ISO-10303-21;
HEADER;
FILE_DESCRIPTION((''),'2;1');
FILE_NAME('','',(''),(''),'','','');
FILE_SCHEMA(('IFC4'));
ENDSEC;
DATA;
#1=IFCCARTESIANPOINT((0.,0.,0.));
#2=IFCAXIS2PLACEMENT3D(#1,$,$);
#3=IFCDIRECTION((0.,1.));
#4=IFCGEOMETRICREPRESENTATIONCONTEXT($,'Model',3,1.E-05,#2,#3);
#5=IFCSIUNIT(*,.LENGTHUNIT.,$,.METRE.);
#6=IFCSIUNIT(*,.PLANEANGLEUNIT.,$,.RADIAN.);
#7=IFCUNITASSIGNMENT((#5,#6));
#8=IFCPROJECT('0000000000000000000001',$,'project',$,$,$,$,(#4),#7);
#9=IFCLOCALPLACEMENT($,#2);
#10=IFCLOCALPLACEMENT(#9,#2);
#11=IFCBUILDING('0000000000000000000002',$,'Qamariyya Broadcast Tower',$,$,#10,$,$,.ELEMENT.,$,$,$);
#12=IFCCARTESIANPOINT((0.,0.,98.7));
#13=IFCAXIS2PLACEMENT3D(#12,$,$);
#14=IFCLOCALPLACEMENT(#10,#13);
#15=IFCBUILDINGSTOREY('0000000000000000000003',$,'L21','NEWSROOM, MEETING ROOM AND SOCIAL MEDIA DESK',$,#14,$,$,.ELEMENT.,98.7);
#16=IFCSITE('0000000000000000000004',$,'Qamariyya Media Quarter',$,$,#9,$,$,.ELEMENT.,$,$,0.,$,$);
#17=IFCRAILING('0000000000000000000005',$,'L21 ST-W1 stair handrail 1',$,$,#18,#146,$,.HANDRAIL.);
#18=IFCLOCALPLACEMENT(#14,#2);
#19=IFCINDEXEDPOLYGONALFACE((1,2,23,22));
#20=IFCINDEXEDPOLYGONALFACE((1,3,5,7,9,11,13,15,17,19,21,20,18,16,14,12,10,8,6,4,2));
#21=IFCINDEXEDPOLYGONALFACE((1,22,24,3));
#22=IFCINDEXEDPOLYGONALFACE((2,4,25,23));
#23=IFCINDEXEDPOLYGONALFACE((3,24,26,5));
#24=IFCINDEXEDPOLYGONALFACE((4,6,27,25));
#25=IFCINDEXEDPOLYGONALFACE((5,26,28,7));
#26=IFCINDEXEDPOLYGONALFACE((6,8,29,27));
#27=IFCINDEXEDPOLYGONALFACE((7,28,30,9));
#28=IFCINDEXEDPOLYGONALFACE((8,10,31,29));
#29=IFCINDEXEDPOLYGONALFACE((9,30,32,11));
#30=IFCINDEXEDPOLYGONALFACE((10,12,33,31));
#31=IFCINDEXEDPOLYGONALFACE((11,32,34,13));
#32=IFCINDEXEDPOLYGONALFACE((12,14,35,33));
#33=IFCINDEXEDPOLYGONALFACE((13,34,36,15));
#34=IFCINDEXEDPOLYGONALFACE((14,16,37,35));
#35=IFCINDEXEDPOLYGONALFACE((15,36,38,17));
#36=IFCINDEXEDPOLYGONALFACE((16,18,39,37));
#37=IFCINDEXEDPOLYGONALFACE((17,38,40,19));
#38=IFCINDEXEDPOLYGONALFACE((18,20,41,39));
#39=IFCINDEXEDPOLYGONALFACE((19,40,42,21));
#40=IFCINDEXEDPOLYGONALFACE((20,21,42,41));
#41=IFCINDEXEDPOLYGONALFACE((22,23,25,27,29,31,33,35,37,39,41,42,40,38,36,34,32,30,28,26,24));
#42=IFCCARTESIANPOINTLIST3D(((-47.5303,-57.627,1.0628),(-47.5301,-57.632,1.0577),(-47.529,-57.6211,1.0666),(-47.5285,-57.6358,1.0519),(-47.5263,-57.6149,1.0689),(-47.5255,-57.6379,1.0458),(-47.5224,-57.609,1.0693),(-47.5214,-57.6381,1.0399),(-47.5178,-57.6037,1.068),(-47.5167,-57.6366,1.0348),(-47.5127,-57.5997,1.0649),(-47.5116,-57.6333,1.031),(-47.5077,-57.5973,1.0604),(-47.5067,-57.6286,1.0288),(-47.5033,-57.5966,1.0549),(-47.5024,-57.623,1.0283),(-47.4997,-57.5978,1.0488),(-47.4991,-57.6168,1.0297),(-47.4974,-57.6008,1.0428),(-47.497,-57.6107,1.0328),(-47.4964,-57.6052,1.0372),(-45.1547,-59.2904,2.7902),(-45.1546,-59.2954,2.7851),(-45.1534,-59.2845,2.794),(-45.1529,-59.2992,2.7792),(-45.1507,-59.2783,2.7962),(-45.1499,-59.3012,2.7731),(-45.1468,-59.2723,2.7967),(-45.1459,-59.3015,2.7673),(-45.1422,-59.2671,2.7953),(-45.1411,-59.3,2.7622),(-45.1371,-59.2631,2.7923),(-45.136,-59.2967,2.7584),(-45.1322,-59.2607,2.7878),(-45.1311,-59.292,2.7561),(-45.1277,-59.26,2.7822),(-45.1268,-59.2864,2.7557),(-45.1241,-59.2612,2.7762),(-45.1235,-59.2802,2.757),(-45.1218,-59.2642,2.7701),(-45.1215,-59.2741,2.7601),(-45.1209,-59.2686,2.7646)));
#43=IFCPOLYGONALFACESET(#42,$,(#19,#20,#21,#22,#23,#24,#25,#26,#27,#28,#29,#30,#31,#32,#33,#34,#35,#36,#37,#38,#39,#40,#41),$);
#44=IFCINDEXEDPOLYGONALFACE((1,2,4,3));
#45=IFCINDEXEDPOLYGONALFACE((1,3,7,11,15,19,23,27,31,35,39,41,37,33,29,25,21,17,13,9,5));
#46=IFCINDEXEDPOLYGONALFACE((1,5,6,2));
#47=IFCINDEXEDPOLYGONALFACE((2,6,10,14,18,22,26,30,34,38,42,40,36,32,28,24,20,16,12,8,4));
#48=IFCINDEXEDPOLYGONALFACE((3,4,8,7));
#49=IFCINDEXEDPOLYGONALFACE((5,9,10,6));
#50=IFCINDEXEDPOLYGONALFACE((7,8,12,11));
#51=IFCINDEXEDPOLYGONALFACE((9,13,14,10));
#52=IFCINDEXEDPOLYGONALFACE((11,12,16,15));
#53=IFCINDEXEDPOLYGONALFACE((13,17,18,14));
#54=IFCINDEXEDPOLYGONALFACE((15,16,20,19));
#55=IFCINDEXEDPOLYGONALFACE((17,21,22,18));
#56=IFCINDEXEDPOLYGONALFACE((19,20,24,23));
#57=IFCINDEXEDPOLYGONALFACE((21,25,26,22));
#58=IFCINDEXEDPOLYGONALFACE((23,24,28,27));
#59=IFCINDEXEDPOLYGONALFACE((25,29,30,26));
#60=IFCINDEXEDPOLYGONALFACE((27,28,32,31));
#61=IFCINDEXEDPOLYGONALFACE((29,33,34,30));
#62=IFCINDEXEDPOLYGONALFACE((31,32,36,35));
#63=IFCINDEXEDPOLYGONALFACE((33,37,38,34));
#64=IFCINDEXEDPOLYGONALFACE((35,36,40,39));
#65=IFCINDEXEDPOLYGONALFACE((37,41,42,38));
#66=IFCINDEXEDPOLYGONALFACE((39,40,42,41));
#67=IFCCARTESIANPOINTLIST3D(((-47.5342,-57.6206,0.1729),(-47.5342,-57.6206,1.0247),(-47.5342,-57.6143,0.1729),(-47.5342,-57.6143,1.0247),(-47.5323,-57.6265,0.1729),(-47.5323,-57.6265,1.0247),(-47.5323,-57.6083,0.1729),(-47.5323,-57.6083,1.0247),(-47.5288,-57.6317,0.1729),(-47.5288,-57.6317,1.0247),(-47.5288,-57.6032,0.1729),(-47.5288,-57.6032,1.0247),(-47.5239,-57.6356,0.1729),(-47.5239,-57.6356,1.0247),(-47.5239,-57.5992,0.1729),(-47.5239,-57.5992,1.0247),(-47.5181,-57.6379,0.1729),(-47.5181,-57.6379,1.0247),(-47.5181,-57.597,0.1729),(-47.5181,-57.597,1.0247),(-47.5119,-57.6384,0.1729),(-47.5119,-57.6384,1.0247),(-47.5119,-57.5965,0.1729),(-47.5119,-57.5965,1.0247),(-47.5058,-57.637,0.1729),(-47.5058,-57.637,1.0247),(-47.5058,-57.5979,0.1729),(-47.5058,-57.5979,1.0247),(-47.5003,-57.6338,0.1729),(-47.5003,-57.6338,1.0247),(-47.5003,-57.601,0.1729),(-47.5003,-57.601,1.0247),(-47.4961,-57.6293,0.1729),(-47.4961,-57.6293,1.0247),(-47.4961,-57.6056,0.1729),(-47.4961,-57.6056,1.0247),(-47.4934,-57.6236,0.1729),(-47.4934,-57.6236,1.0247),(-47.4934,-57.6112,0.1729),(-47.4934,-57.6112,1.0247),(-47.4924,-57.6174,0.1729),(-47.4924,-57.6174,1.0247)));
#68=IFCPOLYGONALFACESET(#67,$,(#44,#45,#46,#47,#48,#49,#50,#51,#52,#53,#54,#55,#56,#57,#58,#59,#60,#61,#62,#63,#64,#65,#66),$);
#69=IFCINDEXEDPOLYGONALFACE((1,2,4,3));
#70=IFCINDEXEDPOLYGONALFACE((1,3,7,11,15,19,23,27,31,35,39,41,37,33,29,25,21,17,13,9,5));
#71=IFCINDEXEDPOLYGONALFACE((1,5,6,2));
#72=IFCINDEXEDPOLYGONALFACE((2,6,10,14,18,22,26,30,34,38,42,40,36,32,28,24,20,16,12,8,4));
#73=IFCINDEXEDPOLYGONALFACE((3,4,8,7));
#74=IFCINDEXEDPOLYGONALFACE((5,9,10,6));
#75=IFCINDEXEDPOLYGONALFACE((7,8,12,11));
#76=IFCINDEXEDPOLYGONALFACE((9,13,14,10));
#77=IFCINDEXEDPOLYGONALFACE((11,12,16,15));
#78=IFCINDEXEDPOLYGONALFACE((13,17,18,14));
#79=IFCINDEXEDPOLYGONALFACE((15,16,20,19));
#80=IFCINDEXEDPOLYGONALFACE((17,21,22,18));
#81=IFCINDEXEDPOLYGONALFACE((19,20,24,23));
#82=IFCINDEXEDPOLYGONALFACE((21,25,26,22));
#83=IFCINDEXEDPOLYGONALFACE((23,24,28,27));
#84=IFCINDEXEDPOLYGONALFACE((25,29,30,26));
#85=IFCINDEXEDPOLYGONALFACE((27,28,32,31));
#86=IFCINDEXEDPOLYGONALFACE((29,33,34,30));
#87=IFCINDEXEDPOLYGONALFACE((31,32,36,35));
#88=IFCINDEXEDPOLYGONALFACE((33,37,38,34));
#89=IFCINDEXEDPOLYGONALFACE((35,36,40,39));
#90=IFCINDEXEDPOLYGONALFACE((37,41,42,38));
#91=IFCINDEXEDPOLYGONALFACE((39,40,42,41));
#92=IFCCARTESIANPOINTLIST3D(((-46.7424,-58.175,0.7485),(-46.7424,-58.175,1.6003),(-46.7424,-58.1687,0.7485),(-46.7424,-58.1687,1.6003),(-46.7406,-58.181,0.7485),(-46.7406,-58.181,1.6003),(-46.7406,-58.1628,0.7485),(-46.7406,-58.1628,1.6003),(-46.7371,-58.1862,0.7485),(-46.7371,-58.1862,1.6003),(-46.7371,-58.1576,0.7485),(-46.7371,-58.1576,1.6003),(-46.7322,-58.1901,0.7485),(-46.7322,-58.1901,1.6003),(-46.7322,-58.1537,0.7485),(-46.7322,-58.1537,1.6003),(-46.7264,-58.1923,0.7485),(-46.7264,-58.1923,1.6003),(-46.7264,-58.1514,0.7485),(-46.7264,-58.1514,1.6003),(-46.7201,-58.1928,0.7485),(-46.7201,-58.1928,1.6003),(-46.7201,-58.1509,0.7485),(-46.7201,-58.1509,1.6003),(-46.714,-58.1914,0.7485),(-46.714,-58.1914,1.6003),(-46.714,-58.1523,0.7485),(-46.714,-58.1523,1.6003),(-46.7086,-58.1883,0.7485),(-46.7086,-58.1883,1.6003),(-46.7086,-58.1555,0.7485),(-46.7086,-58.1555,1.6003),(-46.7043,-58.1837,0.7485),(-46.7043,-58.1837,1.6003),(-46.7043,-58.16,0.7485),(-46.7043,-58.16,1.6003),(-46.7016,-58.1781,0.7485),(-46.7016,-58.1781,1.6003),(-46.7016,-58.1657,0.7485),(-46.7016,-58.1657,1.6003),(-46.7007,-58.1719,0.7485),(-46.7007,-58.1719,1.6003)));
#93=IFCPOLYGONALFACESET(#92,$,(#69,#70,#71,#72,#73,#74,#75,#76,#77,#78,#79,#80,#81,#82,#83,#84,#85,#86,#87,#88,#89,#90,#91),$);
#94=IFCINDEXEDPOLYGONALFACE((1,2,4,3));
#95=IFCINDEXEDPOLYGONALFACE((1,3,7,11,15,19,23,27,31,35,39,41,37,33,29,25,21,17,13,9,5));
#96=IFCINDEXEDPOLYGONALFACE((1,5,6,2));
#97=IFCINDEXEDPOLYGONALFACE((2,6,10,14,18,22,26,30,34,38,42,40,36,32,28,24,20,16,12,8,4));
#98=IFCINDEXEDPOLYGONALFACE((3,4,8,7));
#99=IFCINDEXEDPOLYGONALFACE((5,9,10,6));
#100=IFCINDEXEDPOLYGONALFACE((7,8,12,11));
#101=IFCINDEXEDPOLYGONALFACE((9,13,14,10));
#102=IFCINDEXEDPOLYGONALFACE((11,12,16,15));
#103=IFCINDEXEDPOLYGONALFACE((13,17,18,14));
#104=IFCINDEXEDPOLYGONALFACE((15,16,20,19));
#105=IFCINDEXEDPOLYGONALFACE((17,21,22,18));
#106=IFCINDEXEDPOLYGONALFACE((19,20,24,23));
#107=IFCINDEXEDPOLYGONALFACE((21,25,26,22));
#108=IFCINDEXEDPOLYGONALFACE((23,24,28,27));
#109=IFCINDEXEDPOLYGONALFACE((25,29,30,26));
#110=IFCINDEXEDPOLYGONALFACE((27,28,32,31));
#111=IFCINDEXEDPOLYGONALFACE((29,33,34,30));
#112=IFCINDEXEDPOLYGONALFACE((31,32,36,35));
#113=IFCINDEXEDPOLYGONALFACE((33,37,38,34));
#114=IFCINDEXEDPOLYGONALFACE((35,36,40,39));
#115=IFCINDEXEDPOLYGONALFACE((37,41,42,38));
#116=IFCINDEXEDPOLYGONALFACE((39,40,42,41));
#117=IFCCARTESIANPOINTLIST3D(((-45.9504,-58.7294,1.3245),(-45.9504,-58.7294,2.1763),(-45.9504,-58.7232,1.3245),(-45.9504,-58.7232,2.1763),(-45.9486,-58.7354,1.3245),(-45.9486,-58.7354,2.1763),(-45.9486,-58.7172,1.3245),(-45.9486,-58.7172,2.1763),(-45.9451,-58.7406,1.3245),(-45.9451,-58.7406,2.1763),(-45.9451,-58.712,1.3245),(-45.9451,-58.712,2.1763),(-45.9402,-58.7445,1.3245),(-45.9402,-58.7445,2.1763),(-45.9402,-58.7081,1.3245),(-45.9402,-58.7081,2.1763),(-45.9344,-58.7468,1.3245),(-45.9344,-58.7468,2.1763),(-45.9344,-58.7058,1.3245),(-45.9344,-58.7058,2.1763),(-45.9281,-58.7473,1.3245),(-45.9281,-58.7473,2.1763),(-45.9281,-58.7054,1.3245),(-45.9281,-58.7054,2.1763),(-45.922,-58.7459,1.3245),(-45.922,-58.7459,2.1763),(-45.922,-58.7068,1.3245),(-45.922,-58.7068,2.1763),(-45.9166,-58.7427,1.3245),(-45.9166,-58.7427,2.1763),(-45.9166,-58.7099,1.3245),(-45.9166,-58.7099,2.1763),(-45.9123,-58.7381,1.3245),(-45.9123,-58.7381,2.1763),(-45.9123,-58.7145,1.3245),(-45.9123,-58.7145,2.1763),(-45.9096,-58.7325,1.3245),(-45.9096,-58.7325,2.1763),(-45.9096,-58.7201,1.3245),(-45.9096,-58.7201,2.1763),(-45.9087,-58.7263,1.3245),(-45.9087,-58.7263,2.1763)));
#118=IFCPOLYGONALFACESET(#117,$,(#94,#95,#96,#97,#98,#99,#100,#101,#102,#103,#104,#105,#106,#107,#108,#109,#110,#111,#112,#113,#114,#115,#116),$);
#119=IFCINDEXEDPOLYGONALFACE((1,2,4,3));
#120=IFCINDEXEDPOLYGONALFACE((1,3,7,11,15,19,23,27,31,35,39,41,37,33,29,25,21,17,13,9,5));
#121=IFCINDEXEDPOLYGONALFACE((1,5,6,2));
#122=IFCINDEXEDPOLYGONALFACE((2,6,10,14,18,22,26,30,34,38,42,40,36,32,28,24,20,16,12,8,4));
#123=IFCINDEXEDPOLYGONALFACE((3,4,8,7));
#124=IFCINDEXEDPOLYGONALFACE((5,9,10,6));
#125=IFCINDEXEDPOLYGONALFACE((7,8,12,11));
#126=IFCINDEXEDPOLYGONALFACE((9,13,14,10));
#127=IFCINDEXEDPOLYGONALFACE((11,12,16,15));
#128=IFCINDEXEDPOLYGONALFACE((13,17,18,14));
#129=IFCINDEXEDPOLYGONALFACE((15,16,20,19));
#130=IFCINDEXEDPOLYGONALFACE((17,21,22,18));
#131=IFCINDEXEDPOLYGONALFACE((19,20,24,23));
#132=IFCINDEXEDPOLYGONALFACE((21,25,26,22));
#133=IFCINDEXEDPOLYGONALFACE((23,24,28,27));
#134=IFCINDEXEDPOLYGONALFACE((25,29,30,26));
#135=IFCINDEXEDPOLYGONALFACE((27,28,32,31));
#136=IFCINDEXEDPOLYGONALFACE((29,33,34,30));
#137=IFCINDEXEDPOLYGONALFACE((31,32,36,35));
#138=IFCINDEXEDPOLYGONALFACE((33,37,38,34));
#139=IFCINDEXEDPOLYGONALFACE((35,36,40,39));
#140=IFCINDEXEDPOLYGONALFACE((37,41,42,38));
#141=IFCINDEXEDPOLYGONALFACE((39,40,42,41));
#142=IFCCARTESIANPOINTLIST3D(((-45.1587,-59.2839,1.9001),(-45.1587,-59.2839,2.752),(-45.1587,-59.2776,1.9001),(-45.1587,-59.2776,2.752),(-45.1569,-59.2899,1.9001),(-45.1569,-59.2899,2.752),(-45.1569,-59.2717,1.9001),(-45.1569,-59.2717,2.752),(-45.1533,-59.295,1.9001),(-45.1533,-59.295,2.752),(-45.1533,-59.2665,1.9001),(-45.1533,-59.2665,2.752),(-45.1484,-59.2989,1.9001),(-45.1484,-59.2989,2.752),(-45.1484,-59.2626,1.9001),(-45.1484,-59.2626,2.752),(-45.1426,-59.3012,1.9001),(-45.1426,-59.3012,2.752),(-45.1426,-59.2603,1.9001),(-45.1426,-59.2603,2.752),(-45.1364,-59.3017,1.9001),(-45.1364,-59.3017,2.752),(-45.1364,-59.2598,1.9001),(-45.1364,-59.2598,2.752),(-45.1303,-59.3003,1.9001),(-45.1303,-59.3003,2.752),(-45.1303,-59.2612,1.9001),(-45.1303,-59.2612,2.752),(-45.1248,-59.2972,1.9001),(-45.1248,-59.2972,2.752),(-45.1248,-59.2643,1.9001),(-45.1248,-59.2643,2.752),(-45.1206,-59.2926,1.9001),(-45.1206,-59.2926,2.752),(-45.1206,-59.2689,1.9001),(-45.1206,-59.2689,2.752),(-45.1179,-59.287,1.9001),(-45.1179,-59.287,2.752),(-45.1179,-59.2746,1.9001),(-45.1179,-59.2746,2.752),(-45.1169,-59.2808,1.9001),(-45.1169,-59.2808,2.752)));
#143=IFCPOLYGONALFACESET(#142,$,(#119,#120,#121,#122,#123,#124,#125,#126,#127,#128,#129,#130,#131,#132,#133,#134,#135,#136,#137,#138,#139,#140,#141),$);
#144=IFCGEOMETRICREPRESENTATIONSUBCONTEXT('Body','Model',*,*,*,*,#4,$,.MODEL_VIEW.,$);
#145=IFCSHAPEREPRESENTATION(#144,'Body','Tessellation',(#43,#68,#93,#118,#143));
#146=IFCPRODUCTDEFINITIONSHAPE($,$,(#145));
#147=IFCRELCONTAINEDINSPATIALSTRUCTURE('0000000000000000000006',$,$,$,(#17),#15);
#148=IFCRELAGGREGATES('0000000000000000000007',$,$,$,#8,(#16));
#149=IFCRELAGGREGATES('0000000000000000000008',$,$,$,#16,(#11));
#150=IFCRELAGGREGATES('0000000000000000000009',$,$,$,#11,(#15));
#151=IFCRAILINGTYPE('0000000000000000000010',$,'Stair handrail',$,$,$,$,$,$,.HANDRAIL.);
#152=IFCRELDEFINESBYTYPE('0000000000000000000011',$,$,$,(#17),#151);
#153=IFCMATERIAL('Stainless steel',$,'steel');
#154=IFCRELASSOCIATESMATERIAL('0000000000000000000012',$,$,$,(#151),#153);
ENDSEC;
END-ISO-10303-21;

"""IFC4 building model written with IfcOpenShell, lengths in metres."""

from ifc_helpers import new_model, si_unit, direction, frame, origin, origin_2d, place, context, subcontext, project, spatial, circle, extrude, material, type_object, element, save


model = new_model("IFC4")

# Units and contexts
model_context = context("Model", 3, precision=1e-05, world=origin(), true_north=direction((0.0, 1.0)))
body_context = subcontext(model_context, "Body", "Model", "MODEL_VIEW")
ifc_project = project(units=[si_unit("LENGTHUNIT", "METRE"), si_unit("PLANEANGLEUNIT", "RADIAN")], contexts=[model_context])

# Site, building, storey
site_placement = place(None, origin())
site = spatial("IfcSite", under=ifc_project, at=site_placement, Name="Qamariyya Media Quarter", CompositionType="ELEMENT", RefElevation=0.0)
building_placement = place(site_placement, origin())
building = spatial("IfcBuilding", under=site, at=building_placement, Name="Qamariyya Broadcast Tower", CompositionType="ELEMENT")
storey_placement = place(building_placement, frame((0.0, 0.0, 98.7)))
storey = spatial("IfcBuildingStorey", under=building, at=storey_placement, Name="L21", Description="NEWSROOM, MEETING ROOM AND SOCIAL MEDIA DESK", CompositionType="ELEMENT", Elevation=98.7)

# Railing
ifc_material_1 = material(Name="Stainless steel", Category="steel")
railing_type_1 = type_object("IfcRailingType", Name="Stair handrail", PredefinedType="HANDRAIL", material=ifc_material_1)
railing_1_placement = place(storey_placement, frame((-47.5134, -57.6174, 0.1729)))
element("IfcRailing", 1, at=railing_1_placement, inside=storey, type_object=railing_type_1, Name="L21 ST-W1 stair handrail 1", PredefinedType="HANDRAIL", context=body_context, shape_type="SweptSolid", body=[
    extrude(circle(Radius=0.0239, at=origin_2d()), frame((0.0, 0.0, 0.876), z_axis=(0.70377, -0.492784, 0.511734), x_axis=(0.573575, 0.819153, 0.0)), (0.0, 0.0, 1.0), 3.3755),
    extrude(circle(Radius=0.021, at=origin_2d()), origin(), (0.0, 0.0, 1.0), 0.8518),
    extrude(circle(Radius=0.021, at=origin_2d()), frame((0.7917, -0.5544, 0.5757)), (0.0, 0.0, 1.0), 0.8518),
    extrude(circle(Radius=0.021, at=origin_2d()), frame((1.5837, -1.1089, 1.1516)), (0.0, 0.0, 1.0), 0.8518),
    extrude(circle(Radius=0.021, at=origin_2d()), frame((2.3755, -1.6633, 1.7273)), (0.0, 0.0, 1.0), 0.8518),
])

save(model, "model.ifc")
